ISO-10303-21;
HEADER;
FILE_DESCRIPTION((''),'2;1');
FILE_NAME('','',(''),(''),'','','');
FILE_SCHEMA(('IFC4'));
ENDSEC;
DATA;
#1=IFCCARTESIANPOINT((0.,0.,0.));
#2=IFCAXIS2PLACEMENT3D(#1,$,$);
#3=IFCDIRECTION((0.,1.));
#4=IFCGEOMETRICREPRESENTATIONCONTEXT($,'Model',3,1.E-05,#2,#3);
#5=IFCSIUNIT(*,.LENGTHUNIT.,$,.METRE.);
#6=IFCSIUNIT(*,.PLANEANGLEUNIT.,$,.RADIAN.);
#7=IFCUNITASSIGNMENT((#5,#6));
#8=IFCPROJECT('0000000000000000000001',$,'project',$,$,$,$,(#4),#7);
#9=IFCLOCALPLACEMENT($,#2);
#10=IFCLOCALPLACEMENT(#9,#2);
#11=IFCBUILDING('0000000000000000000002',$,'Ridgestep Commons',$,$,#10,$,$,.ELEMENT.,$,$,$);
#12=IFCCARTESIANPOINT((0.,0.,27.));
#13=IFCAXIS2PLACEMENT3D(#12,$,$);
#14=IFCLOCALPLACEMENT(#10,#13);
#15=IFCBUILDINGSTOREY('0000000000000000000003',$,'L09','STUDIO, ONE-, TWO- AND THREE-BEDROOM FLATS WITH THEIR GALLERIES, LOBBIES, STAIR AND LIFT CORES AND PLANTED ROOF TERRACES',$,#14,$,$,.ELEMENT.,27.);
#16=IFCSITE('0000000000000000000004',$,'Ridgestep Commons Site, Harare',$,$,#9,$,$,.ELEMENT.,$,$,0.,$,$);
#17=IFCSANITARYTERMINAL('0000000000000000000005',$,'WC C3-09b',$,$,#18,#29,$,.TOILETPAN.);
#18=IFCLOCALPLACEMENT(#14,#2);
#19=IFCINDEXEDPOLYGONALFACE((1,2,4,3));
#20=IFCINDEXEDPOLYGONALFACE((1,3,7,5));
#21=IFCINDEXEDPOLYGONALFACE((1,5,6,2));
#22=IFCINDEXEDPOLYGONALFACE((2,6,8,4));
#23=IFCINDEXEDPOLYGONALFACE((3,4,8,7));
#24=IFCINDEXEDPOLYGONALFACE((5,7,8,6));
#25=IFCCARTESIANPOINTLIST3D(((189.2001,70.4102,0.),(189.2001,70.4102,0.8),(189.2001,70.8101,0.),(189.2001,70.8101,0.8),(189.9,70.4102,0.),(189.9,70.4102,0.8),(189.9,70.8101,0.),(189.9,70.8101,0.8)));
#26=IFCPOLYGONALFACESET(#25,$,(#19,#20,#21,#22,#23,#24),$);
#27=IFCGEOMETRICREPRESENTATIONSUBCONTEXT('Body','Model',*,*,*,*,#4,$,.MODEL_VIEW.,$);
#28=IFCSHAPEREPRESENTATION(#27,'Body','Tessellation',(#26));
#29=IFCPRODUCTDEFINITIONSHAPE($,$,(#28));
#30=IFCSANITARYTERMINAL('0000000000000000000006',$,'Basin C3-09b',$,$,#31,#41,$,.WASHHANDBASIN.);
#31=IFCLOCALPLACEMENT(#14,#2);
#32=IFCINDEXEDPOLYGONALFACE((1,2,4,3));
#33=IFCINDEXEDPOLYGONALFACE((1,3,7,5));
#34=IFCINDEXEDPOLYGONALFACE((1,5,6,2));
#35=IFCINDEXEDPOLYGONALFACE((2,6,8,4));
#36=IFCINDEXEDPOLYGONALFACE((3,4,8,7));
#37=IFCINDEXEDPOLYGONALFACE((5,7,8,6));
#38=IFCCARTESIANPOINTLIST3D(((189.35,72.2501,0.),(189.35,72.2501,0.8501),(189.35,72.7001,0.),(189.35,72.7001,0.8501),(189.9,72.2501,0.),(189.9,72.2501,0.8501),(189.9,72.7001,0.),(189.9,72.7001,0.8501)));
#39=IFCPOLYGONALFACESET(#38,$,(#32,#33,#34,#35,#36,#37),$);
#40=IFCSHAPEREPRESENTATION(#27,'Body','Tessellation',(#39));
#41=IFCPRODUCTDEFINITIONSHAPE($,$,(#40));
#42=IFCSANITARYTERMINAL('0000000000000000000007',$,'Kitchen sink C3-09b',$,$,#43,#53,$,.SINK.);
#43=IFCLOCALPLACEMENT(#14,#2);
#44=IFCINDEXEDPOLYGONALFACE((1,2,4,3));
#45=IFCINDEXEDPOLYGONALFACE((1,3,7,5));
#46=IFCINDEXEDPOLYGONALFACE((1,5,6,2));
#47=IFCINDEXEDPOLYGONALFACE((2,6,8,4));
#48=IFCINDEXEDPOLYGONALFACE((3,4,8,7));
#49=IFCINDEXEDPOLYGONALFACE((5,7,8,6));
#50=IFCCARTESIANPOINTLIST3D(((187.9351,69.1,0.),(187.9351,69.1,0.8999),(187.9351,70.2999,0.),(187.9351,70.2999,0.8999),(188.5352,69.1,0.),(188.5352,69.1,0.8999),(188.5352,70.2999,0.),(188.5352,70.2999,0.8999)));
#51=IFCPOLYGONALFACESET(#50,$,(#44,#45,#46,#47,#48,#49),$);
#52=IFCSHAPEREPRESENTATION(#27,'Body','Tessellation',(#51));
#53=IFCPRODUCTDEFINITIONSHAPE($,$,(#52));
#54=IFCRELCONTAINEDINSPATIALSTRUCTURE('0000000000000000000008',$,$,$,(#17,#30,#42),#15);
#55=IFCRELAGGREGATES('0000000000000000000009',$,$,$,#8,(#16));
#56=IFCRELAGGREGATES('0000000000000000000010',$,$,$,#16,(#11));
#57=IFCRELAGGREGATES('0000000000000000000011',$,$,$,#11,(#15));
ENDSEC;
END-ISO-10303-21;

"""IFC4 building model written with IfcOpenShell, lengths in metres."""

from ifc_helpers import new_model, si_unit, direction, frame, origin, origin_2d, place, context, subcontext, project, spatial, rectangle, extrude, element, save


model = new_model("IFC4")

# Units and contexts
model_context = context("Model", 3, precision=1e-05, world=origin(), true_north=direction((0.0, 1.0)))
body_context = subcontext(model_context, "Body", "Model", "MODEL_VIEW")
ifc_project = project(units=[si_unit("LENGTHUNIT", "METRE"), si_unit("PLANEANGLEUNIT", "RADIAN")], contexts=[model_context])

# Site, building, storey
site_placement = place(None, origin())
site = spatial("IfcSite", under=ifc_project, at=site_placement, Name="Ridgestep Commons Site, Harare", CompositionType="ELEMENT", RefElevation=0.0)
building_placement = place(site_placement, origin())
building = spatial("IfcBuilding", under=site, at=building_placement, Name="Ridgestep Commons", CompositionType="ELEMENT")
storey_placement = place(building_placement, frame((0.0, 0.0, 27.0)))
storey = spatial("IfcBuildingStorey", under=building, at=storey_placement, Name="L09", Description="STUDIO, ONE-, TWO- AND THREE-BEDROOM FLATS WITH THEIR GALLERIES, LOBBIES, STAIR AND LIFT CORES AND PLANTED ROOF TERRACES", CompositionType="ELEMENT", Elevation=27.0)

# Sanitary terminals
sanitary_terminal_1_placement = place(storey_placement, frame((189.55, 70.6101, 0.0), z_axis=(0.0, 0.0, 1.0), x_axis=(1.0, 0.0, 0.0)))
element("IfcSanitaryTerminal", 1, at=sanitary_terminal_1_placement, inside=storey, Name="WC C3-09b", PredefinedType="TOILETPAN", context=body_context, shape_type="SweptSolid", body=[
    extrude(rectangle(XDim=0.7, YDim=0.3999, at=origin_2d()), origin(), (0.0, 0.0, 1.0), 0.8),
])
sanitary_terminal_2_placement = place(storey_placement, frame((189.625, 72.4751, 0.0), z_axis=(0.0, 0.0, 1.0), x_axis=(1.0, 0.0, 0.0)))
element("IfcSanitaryTerminal", 2, at=sanitary_terminal_2_placement, inside=storey, Name="Basin C3-09b", PredefinedType="WASHHANDBASIN", context=body_context, shape_type="SweptSolid", body=[
    extrude(rectangle(XDim=0.55, YDim=0.45, at=origin_2d()), origin(), (0.0, 0.0, 1.0), 0.8501),
])
sanitary_terminal_3_placement = place(storey_placement, frame((188.2351, 69.7, 0.0), z_axis=(0.0, 0.0, 1.0), x_axis=(1.0, 0.0, 0.0)))
element("IfcSanitaryTerminal", 3, at=sanitary_terminal_3_placement, inside=storey, Name="Kitchen sink C3-09b", PredefinedType="SINK", context=body_context, shape_type="SweptSolid", body=[
    extrude(rectangle(XDim=0.6001, YDim=1.2, at=origin_2d()), origin(), (0.0, 0.0, 1.0), 0.8999),
])

save(model, "model.ifc")
